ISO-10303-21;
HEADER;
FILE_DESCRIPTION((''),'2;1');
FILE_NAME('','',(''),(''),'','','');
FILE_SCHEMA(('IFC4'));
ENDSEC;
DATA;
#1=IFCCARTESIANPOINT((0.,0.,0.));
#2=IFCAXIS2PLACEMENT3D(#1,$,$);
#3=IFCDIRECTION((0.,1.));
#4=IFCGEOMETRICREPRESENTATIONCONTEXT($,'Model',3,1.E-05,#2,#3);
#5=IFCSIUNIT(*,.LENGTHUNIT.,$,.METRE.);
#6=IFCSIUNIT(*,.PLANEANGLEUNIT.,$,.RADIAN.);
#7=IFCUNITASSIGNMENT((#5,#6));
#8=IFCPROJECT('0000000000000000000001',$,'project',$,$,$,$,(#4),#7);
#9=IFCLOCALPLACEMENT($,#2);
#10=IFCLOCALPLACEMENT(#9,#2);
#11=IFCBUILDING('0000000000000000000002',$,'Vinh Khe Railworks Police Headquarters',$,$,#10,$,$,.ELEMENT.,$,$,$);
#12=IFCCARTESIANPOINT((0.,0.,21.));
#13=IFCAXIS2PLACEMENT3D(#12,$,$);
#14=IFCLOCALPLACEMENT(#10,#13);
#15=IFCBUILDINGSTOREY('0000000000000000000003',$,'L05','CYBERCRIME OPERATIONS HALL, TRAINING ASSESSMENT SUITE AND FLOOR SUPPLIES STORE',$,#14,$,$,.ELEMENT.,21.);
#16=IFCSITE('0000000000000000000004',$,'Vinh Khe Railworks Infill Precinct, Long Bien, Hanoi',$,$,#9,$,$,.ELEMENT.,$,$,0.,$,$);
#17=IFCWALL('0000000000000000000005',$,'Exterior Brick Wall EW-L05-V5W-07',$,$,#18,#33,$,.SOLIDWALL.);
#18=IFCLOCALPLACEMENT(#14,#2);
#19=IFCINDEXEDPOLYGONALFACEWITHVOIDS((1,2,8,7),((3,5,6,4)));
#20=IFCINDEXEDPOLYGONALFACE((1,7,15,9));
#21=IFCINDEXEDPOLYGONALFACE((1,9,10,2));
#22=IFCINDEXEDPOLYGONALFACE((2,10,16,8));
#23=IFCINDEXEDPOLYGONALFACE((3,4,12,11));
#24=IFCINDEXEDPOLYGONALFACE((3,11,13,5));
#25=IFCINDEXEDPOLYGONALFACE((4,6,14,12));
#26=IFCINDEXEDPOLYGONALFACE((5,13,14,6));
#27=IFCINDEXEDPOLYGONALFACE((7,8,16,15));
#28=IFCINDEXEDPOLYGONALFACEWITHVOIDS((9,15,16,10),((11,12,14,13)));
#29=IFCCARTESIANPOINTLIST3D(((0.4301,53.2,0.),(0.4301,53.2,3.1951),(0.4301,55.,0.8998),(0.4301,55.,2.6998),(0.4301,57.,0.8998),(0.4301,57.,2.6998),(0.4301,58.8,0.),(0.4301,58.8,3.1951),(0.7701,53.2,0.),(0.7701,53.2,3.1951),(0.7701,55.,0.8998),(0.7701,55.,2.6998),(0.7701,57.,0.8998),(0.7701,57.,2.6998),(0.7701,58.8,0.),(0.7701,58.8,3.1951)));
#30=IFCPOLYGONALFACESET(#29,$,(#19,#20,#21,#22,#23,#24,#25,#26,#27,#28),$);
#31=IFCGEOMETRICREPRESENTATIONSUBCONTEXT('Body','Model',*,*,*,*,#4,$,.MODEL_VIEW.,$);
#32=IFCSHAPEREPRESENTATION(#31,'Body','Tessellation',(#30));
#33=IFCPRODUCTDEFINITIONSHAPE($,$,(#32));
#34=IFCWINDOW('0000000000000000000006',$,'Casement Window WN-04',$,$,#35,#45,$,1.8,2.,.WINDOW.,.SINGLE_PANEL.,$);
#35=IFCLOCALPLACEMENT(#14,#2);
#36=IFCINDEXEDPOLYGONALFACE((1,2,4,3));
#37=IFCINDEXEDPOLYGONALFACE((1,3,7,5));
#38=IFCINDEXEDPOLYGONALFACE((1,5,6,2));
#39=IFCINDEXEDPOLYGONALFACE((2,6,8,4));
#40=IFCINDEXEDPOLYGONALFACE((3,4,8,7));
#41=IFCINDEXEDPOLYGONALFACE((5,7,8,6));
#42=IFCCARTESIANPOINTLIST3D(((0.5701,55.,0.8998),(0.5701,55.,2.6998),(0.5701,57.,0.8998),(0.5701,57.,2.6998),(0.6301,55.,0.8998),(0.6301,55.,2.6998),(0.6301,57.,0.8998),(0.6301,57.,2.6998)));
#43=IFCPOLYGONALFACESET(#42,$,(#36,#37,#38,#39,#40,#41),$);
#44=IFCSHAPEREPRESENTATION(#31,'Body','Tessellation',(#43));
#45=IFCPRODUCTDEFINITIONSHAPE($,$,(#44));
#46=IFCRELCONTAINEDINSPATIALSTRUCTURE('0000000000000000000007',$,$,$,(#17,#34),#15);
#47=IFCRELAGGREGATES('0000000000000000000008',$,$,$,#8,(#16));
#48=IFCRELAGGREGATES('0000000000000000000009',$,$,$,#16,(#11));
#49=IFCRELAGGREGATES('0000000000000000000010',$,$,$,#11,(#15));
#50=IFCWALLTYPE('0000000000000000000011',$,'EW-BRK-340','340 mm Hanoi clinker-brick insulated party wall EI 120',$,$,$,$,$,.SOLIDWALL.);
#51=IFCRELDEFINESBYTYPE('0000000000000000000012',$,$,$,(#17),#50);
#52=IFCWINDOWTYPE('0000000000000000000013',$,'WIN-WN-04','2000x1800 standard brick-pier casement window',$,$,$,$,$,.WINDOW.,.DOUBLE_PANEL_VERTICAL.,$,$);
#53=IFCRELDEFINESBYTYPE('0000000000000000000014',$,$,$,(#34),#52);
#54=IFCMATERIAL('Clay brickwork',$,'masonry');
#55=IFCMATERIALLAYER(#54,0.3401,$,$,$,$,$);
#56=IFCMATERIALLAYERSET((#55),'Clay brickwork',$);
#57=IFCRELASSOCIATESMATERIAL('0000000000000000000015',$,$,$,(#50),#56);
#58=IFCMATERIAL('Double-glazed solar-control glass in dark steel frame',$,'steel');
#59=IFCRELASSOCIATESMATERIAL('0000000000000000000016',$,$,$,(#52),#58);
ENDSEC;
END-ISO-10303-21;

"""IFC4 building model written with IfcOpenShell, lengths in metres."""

from ifc_helpers import new_model, si_unit, direction, frame, frame_2d, origin, place, context, subcontext, project, spatial, rectangle, extrude, material, layer, layer_set, type_object, element, fill, save


model = new_model("IFC4")

# Units and contexts
model_context = context("Model", 3, precision=1e-05, world=origin(), true_north=direction((0.0, 1.0)))
body_context = subcontext(model_context, "Body", "Model", "MODEL_VIEW")
ifc_project = project(units=[si_unit("LENGTHUNIT", "METRE"), si_unit("PLANEANGLEUNIT", "RADIAN")], contexts=[model_context])

# Site, building, storey
site_placement = place(None, origin())
site = spatial("IfcSite", under=ifc_project, at=site_placement, Name="Vinh Khe Railworks Infill Precinct, Long Bien, Hanoi", CompositionType="ELEMENT", RefElevation=0.0)
building_placement = place(site_placement, origin())
building = spatial("IfcBuilding", under=site, at=building_placement, Name="Vinh Khe Railworks Police Headquarters", CompositionType="ELEMENT")
storey_placement = place(building_placement, frame((0.0, 0.0, 21.0)))
storey = spatial("IfcBuildingStorey", under=building, at=storey_placement, Name="L05", Description="CYBERCRIME OPERATIONS HALL, TRAINING ASSESSMENT SUITE AND FLOOR SUPPLIES STORE", CompositionType="ELEMENT", Elevation=21.0)

# Wall, opening, window
ifc_material_1 = material(Name="Clay brickwork", Category="masonry")
ifc_layer = layer(ifc_material_1, 0.3401)
ifc_layer_set = layer_set([ifc_layer], Name="Clay brickwork")
wall_type = type_object("IfcWallType", Name="EW-BRK-340", Description="340 mm Hanoi clinker-brick insulated party wall EI 120", PredefinedType="SOLIDWALL", material=ifc_layer_set)
ifc_material_2 = material(Name="Double-glazed solar-control glass in dark steel frame", Category="steel")
window_type = type_object("IfcWindowType", Name="WIN-WN-04", Description="2000x1800 standard brick-pier casement window", PartitioningType="DOUBLE_PANEL_VERTICAL", PredefinedType="WINDOW", material=ifc_material_2)
wall_1_placement = place(storey_placement, frame((0.6001, 53.2, 0.0), z_axis=(0.0, 0.0, 1.0), x_axis=(0.0, 1.0, 0.0)))
wall_1 = element("IfcWall", 1, at=wall_1_placement, inside=storey, type_object=wall_type, Name="Exterior Brick Wall EW-L05-V5W-07", PredefinedType="SOLIDWALL", context=body_context, shape_type="SweptSolid", body=[
    extrude(rectangle(XDim=5.6001, YDim=0.3401, at=frame_2d((2.8, 0.0))), origin(), (0.0, 0.0, 1.0), 3.1951),
])
opening_1_placement = place(wall_1_placement, frame((1.8, 0.0, 0.8999)))
opening_1 = element("IfcOpeningElement", 2, at=opening_1_placement, cuts=wall_1, PredefinedType="OPENING", context=body_context, shape_type="SweptSolid", body=[
    extrude(rectangle(XDim=2.0, YDim=1.8, at=frame_2d((1.0, 0.8999))), frame((0.0, 0.1851, 0.0), z_axis=(0.0, -1.0, 0.0), x_axis=(1.0, 0.0, 0.0)), (0.0, 0.0, 1.0), 0.3699),
])
window_1_placement = place(opening_1_placement, origin())
window_1 = element("IfcWindow", 3, at=window_1_placement, inside=storey, type_object=window_type, Name="Casement Window WN-04", OverallHeight=1.8, OverallWidth=2.0, PartitioningType="SINGLE_PANEL", PredefinedType="WINDOW", context=body_context, shape_type="SweptSolid", body=[
    extrude(rectangle(XDim=2.0, YDim=1.8, at=frame_2d((1.0, 0.8999))), frame((0.0, 0.03, 0.0), z_axis=(0.0, -1.0, 0.0), x_axis=(1.0, 0.0, 0.0)), (0.0, 0.0, 1.0), 0.0601),
])
fill(opening_1, window_1)

save(model, "model.ifc")
